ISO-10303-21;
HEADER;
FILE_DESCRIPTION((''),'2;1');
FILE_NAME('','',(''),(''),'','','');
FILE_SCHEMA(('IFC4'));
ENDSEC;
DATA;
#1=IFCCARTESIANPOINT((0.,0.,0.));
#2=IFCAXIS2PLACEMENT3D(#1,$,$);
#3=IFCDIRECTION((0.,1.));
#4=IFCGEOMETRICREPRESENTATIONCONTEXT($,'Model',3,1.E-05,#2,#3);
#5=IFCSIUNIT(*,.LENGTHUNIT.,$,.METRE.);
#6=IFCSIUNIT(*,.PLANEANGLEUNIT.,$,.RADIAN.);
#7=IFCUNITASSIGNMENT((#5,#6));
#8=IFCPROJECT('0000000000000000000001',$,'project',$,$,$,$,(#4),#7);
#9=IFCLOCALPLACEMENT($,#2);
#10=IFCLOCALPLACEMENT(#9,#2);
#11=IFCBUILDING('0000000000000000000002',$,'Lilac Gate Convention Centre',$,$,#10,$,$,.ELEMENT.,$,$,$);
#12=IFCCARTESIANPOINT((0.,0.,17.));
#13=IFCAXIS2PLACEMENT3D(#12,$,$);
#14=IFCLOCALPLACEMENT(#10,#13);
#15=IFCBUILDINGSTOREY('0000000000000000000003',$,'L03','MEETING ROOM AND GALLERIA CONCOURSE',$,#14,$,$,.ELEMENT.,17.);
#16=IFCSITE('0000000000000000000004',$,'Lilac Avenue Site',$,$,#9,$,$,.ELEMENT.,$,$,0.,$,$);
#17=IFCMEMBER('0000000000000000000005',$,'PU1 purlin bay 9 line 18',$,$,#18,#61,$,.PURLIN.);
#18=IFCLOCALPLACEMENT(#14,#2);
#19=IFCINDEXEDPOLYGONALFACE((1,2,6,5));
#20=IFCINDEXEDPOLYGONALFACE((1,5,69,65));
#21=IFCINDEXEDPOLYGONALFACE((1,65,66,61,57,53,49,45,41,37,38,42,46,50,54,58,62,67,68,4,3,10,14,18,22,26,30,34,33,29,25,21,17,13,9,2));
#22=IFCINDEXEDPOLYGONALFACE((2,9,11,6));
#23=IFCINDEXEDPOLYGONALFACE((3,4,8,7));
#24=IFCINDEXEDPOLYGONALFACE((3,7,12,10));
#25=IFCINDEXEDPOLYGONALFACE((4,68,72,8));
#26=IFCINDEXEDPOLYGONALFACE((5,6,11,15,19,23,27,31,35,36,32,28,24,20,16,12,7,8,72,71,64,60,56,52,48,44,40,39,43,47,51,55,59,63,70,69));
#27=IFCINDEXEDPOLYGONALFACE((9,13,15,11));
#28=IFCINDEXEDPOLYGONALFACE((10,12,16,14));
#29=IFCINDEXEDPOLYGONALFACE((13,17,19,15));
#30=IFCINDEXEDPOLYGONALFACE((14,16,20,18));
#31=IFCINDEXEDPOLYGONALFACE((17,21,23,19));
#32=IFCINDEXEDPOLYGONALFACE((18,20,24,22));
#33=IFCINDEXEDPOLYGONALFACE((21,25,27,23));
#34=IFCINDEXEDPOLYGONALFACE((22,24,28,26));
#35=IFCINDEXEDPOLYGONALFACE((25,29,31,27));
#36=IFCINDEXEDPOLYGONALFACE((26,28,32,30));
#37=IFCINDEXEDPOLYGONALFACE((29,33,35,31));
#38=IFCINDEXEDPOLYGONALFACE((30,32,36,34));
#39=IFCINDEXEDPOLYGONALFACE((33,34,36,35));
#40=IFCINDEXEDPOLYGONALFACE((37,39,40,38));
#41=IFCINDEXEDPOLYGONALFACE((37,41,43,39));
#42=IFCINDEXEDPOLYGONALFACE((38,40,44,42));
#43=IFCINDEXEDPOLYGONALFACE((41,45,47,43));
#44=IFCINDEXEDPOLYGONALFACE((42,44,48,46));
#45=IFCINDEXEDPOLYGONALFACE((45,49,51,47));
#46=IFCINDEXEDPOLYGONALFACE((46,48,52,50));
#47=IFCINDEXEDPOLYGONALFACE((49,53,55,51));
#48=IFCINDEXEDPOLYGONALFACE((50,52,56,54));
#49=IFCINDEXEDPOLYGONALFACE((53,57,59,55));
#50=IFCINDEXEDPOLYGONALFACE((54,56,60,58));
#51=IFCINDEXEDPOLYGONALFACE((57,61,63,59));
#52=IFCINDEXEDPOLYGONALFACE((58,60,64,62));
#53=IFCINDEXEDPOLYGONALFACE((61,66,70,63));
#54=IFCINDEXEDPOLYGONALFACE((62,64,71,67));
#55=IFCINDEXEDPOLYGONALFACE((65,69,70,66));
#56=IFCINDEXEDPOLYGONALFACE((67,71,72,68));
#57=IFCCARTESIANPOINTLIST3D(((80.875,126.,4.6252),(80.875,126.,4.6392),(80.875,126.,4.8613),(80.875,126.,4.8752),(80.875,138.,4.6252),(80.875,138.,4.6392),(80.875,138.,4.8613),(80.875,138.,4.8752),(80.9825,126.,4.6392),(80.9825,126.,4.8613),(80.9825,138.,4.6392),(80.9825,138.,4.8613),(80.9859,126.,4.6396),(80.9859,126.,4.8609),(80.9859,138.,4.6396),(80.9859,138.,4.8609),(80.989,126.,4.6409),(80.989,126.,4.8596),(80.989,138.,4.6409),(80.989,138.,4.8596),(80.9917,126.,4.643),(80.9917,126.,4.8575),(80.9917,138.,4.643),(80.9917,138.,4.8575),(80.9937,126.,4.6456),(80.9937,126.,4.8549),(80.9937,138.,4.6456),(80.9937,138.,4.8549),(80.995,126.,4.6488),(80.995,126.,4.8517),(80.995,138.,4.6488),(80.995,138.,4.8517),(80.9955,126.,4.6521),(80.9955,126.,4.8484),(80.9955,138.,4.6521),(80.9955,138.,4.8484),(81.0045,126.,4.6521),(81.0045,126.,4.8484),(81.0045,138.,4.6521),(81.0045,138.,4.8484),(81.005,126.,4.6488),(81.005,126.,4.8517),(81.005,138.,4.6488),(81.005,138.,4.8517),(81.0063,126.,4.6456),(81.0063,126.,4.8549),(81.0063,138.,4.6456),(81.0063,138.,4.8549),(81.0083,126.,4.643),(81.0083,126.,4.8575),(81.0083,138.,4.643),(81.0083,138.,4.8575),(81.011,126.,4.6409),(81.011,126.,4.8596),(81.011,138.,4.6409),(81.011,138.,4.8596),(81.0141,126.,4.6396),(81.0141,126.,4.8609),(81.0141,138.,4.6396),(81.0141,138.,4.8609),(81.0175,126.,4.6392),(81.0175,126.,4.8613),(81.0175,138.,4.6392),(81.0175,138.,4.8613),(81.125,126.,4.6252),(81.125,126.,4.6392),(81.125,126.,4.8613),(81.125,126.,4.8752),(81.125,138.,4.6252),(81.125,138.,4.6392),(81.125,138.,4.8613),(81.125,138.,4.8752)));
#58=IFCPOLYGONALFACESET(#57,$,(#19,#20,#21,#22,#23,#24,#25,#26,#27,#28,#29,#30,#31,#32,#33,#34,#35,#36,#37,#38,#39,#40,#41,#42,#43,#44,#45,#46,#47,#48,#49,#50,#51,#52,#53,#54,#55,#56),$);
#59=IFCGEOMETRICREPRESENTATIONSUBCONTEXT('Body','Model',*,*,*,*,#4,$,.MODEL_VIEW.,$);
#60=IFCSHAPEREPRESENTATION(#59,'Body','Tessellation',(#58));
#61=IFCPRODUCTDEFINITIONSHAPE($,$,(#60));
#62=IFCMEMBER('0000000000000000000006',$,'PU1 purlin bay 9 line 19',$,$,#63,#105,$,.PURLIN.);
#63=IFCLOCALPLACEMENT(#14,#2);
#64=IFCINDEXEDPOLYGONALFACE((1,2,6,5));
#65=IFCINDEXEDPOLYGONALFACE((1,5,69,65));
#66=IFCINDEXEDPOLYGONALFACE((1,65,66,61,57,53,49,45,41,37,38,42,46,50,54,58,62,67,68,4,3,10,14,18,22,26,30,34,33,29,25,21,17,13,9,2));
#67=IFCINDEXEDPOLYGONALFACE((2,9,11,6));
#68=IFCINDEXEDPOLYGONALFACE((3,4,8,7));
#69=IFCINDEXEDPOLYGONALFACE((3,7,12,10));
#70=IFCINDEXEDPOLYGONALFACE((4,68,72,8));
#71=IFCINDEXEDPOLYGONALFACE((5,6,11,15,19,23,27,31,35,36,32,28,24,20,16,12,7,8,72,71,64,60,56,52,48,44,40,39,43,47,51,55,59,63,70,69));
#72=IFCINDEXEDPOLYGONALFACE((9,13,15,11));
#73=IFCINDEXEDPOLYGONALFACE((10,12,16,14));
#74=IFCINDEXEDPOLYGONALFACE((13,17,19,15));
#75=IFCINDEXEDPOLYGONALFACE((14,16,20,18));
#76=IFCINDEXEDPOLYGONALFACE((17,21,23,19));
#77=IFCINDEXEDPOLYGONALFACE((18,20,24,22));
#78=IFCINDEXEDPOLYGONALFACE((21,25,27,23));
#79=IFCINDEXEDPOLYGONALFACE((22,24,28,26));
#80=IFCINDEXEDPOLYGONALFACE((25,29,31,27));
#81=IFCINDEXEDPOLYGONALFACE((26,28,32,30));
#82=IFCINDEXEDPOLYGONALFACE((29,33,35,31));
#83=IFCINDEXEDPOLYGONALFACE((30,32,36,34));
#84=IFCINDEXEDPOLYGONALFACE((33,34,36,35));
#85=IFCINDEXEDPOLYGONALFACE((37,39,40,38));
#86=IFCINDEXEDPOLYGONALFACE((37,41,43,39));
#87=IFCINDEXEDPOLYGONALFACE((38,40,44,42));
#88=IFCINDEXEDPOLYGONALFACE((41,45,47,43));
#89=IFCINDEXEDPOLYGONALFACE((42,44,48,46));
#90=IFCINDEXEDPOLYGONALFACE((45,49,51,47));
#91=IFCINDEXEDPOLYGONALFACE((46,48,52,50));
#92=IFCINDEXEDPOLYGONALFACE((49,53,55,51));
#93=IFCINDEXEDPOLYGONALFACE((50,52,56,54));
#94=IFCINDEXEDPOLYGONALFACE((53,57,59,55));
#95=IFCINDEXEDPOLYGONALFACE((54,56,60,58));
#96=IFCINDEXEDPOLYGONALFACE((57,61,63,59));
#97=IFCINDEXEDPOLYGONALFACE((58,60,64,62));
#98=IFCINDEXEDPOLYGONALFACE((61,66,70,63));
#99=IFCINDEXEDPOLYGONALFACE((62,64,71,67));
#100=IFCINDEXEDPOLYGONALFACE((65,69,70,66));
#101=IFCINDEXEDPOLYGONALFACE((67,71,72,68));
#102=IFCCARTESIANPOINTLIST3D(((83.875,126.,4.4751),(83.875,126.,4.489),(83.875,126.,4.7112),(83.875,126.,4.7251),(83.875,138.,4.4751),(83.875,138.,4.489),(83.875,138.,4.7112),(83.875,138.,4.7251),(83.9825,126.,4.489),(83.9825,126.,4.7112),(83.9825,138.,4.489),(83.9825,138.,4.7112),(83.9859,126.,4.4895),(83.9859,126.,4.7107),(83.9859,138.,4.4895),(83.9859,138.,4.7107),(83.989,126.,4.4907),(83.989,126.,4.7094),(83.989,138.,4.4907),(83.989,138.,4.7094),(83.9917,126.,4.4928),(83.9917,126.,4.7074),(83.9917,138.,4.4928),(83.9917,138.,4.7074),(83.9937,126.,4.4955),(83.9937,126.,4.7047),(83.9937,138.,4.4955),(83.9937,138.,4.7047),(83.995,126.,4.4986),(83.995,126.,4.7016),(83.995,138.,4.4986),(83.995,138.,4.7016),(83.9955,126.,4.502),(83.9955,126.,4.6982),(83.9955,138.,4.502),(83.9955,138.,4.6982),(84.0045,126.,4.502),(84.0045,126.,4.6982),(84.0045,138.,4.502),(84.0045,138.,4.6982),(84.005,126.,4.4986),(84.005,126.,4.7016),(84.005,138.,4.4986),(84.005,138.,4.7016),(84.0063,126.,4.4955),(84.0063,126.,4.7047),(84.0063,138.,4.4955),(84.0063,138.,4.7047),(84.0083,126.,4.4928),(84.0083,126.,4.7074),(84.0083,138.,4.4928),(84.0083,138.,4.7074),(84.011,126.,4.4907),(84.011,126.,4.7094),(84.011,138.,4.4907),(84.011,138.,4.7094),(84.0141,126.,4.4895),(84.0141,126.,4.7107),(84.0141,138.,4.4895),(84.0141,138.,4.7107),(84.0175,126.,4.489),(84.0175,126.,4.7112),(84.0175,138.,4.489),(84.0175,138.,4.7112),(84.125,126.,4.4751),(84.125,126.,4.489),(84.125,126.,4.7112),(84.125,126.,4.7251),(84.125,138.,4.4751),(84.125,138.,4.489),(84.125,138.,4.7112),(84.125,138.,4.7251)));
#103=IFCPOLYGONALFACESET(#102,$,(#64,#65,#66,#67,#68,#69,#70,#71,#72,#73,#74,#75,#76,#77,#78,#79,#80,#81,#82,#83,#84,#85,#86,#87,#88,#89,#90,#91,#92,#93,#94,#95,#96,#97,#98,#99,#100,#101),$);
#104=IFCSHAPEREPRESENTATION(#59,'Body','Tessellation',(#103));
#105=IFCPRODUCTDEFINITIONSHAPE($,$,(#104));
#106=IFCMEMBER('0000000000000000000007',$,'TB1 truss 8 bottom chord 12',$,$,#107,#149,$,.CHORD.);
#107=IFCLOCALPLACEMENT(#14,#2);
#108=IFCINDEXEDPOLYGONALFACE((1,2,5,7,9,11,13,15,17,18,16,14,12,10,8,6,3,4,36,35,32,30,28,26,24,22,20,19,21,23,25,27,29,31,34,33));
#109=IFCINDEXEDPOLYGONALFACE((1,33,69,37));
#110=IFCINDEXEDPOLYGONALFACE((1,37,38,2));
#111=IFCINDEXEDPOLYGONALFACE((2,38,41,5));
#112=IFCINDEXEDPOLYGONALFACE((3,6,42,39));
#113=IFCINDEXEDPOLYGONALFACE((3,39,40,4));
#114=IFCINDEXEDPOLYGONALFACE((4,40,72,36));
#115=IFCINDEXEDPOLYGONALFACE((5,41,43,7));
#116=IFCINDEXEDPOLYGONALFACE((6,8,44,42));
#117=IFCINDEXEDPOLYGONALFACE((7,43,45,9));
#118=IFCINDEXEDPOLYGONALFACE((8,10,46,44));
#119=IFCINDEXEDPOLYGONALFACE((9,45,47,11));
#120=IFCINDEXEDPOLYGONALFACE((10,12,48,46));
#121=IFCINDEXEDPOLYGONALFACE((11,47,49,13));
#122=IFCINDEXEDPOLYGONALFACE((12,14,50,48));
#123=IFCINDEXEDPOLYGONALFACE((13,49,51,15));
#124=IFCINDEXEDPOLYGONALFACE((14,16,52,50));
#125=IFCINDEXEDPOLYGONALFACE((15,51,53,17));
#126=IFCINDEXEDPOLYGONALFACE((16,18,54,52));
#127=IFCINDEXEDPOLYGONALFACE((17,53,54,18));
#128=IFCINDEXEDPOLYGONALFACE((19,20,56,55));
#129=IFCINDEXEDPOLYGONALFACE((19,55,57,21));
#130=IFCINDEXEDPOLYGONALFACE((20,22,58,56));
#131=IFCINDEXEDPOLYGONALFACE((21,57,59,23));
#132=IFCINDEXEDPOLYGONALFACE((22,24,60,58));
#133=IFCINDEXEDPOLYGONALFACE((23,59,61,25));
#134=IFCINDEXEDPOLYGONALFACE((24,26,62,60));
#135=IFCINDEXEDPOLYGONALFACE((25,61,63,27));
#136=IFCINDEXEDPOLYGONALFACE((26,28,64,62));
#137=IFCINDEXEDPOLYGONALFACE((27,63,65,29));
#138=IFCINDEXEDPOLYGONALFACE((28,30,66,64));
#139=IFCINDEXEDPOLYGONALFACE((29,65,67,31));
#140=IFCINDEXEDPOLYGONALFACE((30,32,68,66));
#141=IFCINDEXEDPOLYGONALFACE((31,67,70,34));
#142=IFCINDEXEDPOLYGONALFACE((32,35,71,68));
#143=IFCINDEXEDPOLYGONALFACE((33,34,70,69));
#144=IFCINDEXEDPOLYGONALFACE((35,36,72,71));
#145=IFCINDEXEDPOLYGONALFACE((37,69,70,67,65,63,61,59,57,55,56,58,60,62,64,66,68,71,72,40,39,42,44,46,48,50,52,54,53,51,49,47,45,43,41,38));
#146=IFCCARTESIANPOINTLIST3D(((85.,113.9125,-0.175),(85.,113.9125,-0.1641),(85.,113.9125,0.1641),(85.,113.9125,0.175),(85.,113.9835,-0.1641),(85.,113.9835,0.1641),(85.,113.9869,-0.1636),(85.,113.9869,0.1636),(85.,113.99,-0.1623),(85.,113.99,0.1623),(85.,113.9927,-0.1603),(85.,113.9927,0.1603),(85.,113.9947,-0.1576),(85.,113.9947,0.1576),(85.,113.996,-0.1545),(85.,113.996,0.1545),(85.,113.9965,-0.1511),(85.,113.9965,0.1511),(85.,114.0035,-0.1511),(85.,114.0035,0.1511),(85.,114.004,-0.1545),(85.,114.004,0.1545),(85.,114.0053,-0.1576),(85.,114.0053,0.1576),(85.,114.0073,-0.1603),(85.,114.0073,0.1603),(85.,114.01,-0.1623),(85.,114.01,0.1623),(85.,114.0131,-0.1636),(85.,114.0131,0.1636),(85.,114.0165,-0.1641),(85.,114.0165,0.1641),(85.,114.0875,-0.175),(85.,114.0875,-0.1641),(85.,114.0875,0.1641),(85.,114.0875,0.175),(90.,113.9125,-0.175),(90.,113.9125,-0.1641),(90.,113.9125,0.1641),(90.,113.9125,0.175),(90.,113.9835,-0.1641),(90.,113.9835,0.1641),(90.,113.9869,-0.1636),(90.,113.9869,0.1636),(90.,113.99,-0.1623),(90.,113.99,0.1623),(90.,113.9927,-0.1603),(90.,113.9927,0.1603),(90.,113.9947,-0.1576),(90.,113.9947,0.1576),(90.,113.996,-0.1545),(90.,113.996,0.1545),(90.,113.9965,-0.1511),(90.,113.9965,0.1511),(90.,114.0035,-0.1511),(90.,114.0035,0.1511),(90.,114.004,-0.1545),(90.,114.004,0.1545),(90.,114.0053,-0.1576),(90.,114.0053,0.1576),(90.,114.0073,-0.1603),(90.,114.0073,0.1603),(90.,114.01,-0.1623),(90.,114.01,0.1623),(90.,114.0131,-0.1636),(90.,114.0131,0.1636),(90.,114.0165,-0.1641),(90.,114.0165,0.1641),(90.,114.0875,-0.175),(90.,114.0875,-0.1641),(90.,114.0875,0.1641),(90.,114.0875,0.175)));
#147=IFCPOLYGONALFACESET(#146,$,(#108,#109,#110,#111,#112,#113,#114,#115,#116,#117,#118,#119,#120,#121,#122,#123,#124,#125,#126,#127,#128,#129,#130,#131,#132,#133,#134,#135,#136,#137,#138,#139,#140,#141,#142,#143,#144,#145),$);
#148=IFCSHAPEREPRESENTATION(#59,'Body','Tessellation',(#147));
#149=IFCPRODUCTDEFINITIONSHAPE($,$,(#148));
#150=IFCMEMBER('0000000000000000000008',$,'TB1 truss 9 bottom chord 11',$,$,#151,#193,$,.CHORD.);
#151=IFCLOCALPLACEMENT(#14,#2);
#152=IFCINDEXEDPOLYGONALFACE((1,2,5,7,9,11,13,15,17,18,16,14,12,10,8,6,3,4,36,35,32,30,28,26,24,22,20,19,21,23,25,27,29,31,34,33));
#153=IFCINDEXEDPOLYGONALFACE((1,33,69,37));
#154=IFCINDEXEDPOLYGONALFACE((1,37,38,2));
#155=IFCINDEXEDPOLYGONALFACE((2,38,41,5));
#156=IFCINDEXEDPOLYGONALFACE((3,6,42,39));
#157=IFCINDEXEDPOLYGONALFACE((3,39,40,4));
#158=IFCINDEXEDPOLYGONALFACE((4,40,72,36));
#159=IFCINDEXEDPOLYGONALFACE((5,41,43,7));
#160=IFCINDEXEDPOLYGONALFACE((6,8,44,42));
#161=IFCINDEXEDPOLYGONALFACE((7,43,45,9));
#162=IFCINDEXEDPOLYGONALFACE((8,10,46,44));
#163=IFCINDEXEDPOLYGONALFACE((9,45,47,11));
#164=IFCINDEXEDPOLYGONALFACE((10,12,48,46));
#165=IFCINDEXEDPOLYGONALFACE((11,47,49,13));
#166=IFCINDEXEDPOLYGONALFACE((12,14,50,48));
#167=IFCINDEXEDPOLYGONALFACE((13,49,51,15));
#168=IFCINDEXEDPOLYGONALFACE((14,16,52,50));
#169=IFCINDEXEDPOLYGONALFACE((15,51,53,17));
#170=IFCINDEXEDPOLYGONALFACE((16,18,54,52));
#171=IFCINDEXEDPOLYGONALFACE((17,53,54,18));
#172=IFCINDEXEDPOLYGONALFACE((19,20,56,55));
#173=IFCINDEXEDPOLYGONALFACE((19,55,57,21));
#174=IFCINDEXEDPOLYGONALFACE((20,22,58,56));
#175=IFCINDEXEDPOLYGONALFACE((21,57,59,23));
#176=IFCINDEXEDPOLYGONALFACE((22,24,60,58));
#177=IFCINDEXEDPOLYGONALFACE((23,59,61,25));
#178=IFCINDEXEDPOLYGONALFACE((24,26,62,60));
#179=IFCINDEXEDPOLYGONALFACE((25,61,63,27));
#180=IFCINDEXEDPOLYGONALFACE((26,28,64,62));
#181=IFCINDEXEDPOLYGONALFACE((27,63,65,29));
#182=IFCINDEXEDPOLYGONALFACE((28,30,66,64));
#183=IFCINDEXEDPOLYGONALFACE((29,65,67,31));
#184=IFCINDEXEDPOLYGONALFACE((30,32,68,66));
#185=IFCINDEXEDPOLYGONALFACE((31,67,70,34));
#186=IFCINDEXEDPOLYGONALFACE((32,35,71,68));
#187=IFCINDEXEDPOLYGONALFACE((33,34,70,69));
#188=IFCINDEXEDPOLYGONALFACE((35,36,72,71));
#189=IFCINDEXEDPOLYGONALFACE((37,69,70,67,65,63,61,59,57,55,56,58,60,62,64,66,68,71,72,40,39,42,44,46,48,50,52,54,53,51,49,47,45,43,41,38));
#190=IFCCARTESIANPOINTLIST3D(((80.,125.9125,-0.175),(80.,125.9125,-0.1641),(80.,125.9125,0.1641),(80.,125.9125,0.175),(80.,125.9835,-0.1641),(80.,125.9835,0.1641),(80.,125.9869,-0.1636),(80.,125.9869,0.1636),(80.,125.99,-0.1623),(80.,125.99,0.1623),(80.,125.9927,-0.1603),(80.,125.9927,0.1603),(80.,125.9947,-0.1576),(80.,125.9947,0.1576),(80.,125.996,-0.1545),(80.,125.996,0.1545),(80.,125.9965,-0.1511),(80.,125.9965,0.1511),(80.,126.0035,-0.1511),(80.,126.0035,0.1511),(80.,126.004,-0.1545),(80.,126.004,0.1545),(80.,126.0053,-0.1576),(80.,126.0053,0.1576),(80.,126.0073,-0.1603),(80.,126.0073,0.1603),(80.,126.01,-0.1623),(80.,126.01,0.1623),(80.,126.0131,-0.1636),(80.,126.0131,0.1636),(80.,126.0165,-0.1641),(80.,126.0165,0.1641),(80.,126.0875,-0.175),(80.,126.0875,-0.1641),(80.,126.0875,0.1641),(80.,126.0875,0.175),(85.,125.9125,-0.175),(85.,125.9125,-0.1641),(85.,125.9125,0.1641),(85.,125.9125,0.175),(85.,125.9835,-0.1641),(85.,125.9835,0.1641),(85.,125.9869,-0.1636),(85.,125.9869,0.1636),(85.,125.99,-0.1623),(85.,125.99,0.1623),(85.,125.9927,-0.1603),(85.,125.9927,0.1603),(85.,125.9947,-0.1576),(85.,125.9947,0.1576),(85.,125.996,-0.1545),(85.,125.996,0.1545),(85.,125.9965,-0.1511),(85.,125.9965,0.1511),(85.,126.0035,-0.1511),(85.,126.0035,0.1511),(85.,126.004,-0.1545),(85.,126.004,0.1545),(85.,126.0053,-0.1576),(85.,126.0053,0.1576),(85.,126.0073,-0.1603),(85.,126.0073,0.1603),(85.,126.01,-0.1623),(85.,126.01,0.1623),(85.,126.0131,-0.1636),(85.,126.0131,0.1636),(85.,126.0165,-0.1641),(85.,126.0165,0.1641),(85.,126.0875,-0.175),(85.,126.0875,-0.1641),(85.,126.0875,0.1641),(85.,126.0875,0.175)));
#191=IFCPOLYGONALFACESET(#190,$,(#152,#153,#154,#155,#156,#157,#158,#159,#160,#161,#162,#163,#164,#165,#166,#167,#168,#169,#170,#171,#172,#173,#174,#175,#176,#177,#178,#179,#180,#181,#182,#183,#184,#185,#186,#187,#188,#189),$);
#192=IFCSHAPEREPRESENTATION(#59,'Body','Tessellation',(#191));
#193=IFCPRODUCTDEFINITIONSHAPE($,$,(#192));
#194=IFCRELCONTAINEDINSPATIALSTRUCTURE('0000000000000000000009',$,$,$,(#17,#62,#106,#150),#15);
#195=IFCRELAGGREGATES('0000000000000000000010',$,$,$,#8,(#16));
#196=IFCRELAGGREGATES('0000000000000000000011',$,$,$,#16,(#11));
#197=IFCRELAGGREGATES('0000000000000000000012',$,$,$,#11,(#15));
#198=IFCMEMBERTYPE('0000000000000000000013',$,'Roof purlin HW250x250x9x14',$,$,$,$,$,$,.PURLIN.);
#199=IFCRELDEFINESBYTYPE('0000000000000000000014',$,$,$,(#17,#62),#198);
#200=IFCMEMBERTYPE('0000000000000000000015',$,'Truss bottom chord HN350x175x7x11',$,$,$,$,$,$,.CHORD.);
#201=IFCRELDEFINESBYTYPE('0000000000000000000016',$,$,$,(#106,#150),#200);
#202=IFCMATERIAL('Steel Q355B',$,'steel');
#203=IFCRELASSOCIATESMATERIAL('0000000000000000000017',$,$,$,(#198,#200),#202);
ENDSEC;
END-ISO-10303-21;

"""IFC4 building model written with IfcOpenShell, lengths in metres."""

from ifc_helpers import new_model, si_unit, direction, frame, origin, origin_2d, place, context, subcontext, project, spatial, i_section, extrude, material, material_profile, profile_set, type_object, element, save


model = new_model("IFC4")

# Units and contexts
model_context = context("Model", 3, precision=1e-05, world=origin(), true_north=direction((0.0, 1.0)))
body_context = subcontext(model_context, "Body", "Model", "MODEL_VIEW")
ifc_project = project(units=[si_unit("LENGTHUNIT", "METRE"), si_unit("PLANEANGLEUNIT", "RADIAN")], contexts=[model_context])

# Site, building, storey
site_placement = place(None, origin())
site = spatial("IfcSite", under=ifc_project, at=site_placement, Name="Lilac Avenue Site", CompositionType="ELEMENT", RefElevation=0.0)
building_placement = place(site_placement, origin())
building = spatial("IfcBuilding", under=site, at=building_placement, Name="Lilac Gate Convention Centre", CompositionType="ELEMENT")
storey_placement = place(building_placement, frame((0.0, 0.0, 17.0)))
storey = spatial("IfcBuildingStorey", under=building, at=storey_placement, Name="L03", Description="MEETING ROOM AND GALLERIA CONCOURSE", CompositionType="ELEMENT", Elevation=17.0)

# Members
ifc_material_1 = material(Name="Steel Q355B", Category="steel")
ifc_material_profile_1 = material_profile(ifc_material_1, i_section(OverallWidth=0.25, OverallDepth=0.25, WebThickness=0.009, FlangeThickness=0.0139, FilletRadius=0.0129, at=origin_2d()), Name="HW250x250x9x14")
ifc_profile_set_1 = profile_set([ifc_material_profile_1], Name="Steel Q355B")
member_type_1 = type_object("IfcMemberType", Name="Roof purlin HW250x250x9x14", PredefinedType="PURLIN", material=ifc_profile_set_1)
for number, where, z_axis, x_axis, name in (
    (1, (81.0, 126.0, 4.7502), (0.0, 1.0, 0.0), (-1.0, 0.0, 0.0), "PU1 purlin bay 9 line 18"),
    (2, (84.0, 126.0, 4.6001), (0.0, 1.0, 0.0), (-1.0, 0.0, 0.0), "PU1 purlin bay 9 line 19"),
):
    element("IfcMember", number, at=place(storey_placement, frame(where, z_axis=z_axis, x_axis=x_axis)), inside=storey, type_object=member_type_1, Name=name, PredefinedType="PURLIN", context=body_context, shape_type="SweptSolid", body=[
        extrude(i_section(OverallWidth=0.25, OverallDepth=0.25, WebThickness=0.009, FlangeThickness=0.0139, FilletRadius=0.0129, at=origin_2d()), origin(), (0.0, 0.0, 1.0), 12.0),
    ])
ifc_material_profile_2 = material_profile(ifc_material_1, i_section(OverallWidth=0.175, OverallDepth=0.3501, WebThickness=0.0071, FlangeThickness=0.011, FilletRadius=0.0129, at=origin_2d()), Name="HN350x175x7x11")
ifc_profile_set_2 = profile_set([ifc_material_profile_2], Name="Steel Q355B")
member_type_2 = type_object("IfcMemberType", Name="Truss bottom chord HN350x175x7x11", PredefinedType="CHORD", material=ifc_profile_set_2)
for number, where, z_axis, x_axis, name in (
    (3, (85.0, 114.0, 0.0), (1.0, 0.0, 0.0), (0.0, 1.0, 0.0), "TB1 truss 8 bottom chord 12"),
    (4, (80.0, 126.0, 0.0), (1.0, 0.0, 0.0), (0.0, 1.0, 0.0), "TB1 truss 9 bottom chord 11"),
):
    element("IfcMember", number, at=place(storey_placement, frame(where, z_axis=z_axis, x_axis=x_axis)), inside=storey, type_object=member_type_2, Name=name, PredefinedType="CHORD", context=body_context, shape_type="SweptSolid", body=[
        extrude(i_section(OverallWidth=0.175, OverallDepth=0.3501, WebThickness=0.0071, FlangeThickness=0.011, FilletRadius=0.0129, at=origin_2d()), origin(), (0.0, 0.0, 1.0), 5.0),
    ])

save(model, "model.ifc")
